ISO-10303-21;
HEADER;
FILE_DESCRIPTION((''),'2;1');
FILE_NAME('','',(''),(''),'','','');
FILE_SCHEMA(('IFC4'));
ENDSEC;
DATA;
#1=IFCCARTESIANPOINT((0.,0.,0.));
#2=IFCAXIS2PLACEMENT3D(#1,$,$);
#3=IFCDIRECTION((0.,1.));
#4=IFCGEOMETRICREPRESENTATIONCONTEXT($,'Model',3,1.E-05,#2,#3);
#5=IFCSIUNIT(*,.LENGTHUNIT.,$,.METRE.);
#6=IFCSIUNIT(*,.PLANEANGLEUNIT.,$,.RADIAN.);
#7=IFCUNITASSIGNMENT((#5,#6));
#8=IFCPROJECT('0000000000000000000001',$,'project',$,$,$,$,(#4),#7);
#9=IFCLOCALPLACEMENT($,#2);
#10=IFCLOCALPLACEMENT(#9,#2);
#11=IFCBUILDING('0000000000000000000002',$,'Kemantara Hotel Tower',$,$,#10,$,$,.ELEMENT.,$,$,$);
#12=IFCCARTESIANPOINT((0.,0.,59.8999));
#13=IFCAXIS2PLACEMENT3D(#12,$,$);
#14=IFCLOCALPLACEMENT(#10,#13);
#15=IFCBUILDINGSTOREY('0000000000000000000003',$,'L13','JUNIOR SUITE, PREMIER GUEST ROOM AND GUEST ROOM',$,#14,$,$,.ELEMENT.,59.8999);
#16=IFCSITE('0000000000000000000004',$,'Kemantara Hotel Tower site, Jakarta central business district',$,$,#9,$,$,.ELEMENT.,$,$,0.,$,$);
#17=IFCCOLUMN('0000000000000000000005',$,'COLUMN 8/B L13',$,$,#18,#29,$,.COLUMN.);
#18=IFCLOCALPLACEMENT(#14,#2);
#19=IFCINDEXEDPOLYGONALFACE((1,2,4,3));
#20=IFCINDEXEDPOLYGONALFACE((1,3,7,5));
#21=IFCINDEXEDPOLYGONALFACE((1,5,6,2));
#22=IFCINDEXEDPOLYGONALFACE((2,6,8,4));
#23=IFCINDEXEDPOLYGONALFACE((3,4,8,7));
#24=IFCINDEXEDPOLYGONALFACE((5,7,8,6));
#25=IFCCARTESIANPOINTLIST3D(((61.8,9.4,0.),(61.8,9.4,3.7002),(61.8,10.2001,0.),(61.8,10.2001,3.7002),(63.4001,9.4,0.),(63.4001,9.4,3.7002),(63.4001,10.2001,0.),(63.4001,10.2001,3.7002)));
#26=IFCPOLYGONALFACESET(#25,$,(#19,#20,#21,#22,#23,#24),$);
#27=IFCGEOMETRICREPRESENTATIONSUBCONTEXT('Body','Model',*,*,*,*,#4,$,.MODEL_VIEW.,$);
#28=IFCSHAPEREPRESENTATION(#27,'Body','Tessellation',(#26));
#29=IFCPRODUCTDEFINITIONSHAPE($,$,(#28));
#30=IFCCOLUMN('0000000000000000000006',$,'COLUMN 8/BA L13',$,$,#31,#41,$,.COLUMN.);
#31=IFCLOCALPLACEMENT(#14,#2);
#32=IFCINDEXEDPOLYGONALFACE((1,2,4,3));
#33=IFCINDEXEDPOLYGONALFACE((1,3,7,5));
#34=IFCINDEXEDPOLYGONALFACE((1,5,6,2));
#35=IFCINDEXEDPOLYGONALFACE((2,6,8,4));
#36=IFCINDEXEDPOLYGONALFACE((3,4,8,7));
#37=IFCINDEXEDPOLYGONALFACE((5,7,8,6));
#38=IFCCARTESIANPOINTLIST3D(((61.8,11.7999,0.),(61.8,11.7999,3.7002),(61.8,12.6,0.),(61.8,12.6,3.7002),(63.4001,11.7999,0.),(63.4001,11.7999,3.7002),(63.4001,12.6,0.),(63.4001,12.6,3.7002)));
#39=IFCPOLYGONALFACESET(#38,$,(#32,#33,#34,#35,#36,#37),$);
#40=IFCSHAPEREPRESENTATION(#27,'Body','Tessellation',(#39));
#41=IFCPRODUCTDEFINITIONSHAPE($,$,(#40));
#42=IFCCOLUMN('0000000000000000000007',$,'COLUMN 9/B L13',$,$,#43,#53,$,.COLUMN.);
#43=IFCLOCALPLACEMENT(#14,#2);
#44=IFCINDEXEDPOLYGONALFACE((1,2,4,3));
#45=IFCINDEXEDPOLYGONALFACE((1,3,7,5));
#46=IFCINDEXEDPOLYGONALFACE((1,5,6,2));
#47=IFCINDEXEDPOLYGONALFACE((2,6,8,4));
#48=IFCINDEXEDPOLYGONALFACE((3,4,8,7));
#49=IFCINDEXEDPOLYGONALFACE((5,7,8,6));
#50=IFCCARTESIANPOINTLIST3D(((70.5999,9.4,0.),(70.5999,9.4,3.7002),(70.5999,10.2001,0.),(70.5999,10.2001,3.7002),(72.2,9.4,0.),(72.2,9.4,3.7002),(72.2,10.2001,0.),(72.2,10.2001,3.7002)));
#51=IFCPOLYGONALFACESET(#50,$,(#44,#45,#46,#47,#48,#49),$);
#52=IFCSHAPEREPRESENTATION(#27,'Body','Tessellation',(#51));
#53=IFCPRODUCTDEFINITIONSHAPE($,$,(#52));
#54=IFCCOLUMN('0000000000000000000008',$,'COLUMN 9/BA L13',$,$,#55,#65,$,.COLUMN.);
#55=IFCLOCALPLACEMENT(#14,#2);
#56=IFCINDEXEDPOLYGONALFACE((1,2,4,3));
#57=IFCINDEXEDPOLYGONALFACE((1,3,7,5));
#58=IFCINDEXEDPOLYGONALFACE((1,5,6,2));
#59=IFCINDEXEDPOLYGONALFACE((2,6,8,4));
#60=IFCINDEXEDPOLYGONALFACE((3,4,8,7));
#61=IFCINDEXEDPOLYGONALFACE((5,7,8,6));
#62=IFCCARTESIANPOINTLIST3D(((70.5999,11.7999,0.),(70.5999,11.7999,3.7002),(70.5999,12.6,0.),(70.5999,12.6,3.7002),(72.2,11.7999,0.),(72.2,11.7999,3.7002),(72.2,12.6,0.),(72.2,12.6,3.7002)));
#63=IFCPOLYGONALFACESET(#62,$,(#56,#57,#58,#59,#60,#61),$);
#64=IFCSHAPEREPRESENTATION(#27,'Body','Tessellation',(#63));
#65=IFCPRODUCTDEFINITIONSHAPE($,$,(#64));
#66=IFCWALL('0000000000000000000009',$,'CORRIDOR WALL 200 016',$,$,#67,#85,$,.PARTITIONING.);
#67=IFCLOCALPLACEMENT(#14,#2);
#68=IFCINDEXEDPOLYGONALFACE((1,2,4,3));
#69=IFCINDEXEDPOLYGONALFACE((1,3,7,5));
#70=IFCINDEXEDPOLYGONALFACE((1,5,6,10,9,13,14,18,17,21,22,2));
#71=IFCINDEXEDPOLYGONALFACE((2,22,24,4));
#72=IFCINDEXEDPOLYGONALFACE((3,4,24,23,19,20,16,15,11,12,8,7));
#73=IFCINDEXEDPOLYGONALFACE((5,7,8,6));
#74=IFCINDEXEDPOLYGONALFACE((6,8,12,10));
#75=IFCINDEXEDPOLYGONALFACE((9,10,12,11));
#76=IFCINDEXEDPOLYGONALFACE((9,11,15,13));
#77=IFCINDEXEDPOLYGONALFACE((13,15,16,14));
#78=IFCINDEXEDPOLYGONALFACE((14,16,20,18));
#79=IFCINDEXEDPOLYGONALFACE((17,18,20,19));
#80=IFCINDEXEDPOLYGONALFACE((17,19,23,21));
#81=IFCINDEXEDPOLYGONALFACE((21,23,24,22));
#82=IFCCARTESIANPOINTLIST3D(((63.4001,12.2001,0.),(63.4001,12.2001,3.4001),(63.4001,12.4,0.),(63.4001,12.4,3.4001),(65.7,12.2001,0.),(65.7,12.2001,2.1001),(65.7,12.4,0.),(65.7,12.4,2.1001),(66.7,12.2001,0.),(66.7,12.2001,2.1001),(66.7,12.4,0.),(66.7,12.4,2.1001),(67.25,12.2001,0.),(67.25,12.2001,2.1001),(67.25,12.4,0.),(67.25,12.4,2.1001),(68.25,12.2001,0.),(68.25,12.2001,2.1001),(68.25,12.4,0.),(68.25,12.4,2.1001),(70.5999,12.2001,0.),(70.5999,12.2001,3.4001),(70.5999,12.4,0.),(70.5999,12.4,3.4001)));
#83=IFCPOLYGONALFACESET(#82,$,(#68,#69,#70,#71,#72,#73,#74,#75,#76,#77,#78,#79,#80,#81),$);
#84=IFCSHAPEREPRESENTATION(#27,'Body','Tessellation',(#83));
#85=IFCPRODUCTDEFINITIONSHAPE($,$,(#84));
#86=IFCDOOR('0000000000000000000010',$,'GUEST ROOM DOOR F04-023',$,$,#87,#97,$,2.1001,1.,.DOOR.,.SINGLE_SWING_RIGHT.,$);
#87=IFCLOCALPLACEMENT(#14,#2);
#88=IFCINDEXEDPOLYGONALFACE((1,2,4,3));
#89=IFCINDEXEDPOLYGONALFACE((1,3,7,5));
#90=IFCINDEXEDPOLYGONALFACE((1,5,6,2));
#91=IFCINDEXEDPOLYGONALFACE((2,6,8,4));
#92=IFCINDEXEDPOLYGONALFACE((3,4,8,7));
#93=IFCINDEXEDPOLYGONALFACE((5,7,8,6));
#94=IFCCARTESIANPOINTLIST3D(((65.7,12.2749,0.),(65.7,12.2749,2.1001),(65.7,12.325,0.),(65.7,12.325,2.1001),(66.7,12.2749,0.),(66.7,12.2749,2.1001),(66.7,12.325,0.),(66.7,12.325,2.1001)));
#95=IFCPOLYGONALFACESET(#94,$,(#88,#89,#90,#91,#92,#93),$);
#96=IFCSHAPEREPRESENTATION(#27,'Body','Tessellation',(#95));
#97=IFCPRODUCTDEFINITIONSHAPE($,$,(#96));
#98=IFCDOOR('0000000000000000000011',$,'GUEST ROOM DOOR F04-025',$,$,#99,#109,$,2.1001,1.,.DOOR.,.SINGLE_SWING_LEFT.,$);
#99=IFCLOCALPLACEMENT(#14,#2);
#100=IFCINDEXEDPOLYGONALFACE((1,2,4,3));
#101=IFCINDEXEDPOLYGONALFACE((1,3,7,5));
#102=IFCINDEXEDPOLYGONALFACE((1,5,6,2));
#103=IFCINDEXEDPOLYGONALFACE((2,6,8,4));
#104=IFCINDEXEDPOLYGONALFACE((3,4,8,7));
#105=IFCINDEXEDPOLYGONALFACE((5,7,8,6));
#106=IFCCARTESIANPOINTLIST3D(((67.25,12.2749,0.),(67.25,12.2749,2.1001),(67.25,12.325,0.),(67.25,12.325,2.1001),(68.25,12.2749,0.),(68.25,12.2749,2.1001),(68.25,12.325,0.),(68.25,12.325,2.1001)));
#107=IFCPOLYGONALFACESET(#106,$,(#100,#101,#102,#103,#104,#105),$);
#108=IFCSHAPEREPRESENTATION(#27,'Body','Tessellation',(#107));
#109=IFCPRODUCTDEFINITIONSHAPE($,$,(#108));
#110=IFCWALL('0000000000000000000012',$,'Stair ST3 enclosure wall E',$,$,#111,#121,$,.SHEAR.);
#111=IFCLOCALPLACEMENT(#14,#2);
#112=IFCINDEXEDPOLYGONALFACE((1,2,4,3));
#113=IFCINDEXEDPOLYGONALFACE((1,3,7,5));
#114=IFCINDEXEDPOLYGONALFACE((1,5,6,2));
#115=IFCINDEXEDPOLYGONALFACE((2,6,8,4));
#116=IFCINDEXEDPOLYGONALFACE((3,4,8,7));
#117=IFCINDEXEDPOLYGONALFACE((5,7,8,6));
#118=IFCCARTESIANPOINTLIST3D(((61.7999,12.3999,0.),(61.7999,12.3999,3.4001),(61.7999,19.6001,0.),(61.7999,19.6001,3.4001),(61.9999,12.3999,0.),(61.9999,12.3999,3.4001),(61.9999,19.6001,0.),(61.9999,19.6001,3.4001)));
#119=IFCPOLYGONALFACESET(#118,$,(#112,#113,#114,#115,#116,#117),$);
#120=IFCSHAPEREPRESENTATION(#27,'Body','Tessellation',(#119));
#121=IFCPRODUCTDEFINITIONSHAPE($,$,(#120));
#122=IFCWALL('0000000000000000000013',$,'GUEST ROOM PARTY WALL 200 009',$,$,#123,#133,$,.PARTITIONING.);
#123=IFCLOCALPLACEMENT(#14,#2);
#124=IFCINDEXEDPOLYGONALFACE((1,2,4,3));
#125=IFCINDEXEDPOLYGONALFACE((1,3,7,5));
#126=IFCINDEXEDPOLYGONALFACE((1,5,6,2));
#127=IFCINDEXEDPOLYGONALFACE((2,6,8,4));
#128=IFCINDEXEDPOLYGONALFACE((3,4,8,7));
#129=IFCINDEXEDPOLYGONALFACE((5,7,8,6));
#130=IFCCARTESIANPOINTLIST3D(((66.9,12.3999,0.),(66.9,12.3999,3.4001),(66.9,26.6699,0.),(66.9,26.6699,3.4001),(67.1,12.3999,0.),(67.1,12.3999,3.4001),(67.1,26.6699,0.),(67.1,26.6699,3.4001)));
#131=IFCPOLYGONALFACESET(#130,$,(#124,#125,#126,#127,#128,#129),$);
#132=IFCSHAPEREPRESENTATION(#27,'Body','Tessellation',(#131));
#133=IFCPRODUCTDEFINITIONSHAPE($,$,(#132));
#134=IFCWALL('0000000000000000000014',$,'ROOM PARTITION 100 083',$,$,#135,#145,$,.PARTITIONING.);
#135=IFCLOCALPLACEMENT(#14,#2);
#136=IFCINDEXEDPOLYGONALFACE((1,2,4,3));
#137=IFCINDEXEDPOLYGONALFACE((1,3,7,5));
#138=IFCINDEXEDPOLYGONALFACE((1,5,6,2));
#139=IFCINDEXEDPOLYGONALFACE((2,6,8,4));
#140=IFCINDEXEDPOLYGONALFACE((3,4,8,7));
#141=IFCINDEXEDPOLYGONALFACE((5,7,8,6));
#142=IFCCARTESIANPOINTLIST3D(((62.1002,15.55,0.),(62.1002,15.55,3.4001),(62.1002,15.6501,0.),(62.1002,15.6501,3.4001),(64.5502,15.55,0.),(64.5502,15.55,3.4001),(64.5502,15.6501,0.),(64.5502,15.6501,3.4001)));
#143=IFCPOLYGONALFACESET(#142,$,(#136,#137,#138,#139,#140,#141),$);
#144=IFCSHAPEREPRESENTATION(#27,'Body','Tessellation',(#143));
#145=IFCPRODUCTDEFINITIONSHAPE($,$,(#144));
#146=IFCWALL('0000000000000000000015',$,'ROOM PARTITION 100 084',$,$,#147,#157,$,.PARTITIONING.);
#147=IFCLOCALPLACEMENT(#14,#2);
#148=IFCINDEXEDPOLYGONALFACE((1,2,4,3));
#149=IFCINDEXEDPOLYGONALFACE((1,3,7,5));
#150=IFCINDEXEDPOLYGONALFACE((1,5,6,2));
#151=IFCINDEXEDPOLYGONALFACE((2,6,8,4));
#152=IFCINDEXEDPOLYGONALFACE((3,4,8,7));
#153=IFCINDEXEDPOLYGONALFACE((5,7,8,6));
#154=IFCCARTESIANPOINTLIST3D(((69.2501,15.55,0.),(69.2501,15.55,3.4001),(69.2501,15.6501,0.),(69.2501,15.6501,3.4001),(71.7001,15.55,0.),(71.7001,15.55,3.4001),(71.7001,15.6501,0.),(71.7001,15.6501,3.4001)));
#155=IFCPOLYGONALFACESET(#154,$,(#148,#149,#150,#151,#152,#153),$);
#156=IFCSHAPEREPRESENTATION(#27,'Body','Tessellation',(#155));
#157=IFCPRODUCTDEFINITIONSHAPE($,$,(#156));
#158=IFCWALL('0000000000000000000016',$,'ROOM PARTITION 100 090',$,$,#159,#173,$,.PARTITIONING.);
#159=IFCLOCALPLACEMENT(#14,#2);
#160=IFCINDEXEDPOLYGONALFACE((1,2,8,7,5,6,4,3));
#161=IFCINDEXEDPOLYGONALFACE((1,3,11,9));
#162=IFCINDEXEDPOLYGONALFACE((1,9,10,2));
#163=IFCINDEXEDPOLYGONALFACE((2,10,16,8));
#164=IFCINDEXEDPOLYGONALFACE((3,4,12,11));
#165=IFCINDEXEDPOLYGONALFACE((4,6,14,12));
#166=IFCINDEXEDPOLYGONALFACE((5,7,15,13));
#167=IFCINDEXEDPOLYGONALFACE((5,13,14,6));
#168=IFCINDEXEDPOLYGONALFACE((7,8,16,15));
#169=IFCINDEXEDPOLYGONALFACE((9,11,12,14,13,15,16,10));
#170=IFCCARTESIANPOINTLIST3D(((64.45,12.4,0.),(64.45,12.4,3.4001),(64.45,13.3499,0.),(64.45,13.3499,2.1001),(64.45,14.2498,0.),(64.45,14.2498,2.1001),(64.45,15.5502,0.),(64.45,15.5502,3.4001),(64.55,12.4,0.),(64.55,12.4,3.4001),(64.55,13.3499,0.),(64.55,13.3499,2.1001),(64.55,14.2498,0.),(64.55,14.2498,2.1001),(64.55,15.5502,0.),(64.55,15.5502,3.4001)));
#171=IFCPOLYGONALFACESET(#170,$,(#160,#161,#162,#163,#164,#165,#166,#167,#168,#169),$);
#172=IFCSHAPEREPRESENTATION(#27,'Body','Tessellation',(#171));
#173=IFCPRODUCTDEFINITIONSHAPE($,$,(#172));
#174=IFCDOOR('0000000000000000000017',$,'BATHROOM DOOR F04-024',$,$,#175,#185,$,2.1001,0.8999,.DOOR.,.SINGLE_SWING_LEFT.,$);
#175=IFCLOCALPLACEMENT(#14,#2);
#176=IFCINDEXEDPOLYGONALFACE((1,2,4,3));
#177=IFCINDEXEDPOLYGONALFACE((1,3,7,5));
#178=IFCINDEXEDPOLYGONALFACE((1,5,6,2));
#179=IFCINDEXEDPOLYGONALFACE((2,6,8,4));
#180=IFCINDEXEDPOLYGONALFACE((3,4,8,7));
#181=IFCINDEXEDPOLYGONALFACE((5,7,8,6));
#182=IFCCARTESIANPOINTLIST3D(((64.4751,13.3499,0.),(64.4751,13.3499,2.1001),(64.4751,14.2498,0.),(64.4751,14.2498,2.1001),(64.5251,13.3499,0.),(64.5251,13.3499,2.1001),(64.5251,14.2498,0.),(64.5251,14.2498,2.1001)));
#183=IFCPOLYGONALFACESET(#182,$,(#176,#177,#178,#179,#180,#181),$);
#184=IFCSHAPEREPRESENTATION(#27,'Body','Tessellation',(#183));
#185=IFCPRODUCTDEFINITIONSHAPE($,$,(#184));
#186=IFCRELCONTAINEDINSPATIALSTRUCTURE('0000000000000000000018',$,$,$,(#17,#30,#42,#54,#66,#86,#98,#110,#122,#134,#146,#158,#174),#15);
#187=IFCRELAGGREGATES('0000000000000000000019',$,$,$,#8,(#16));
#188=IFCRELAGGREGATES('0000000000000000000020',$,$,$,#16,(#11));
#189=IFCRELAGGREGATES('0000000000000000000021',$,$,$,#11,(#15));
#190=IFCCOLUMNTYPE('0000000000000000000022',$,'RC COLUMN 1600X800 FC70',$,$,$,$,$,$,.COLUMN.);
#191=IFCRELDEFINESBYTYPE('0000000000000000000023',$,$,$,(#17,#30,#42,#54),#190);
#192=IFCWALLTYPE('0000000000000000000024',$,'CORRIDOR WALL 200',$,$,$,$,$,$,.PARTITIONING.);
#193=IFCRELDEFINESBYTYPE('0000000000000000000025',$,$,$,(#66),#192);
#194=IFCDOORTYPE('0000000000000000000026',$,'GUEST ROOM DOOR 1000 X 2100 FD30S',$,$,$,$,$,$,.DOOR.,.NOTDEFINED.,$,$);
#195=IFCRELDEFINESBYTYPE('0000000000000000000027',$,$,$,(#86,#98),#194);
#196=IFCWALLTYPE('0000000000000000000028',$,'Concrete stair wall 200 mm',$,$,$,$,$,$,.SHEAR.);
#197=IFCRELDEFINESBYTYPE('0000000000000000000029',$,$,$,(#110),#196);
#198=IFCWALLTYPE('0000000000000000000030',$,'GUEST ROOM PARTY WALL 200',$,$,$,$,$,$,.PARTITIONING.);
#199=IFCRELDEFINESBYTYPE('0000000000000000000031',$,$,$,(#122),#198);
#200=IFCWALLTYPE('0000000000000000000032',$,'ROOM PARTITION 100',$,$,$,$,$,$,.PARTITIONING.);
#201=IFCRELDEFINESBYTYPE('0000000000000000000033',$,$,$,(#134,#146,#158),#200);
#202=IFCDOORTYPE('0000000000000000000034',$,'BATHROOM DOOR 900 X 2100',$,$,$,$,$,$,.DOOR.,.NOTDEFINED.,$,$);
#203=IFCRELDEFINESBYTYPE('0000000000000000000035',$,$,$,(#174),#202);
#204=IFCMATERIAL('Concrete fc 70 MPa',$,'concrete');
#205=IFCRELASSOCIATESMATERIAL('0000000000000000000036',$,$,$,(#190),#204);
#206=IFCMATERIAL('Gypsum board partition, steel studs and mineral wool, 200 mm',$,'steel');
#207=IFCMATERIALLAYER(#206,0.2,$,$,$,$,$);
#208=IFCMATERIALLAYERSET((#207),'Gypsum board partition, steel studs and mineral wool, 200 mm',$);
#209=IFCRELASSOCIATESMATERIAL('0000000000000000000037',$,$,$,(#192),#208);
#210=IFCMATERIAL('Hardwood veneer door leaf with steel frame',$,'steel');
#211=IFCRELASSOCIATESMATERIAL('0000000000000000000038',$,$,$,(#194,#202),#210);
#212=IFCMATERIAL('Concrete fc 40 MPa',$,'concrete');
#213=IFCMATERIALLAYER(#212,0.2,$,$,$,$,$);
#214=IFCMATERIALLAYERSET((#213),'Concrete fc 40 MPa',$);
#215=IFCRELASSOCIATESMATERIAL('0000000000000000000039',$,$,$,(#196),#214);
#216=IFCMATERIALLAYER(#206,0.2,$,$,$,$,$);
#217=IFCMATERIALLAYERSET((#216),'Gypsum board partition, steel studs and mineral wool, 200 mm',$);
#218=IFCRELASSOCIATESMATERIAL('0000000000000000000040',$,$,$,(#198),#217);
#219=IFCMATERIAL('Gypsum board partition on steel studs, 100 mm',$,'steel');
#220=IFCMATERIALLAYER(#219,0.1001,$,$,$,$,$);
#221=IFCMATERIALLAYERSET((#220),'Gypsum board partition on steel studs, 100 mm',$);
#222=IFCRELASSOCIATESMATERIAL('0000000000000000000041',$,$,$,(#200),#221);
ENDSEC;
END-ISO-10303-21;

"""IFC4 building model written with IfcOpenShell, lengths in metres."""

from ifc_helpers import new_model, si_unit, direction, frame, frame_2d, origin, origin_2d, place, context, subcontext, project, spatial, rectangle, extrude, material, layer, layer_set, material_profile, profile_set, type_object, element, fill, save


model = new_model("IFC4")

# Units and contexts
model_context = context("Model", 3, precision=1e-05, world=origin(), true_north=direction((0.0, 1.0)))
body_context = subcontext(model_context, "Body", "Model", "MODEL_VIEW")
ifc_project = project(units=[si_unit("LENGTHUNIT", "METRE"), si_unit("PLANEANGLEUNIT", "RADIAN")], contexts=[model_context])

# Site, building, storey
site_placement = place(None, origin())
site = spatial("IfcSite", under=ifc_project, at=site_placement, Name="Kemantara Hotel Tower site, Jakarta central business district", CompositionType="ELEMENT", RefElevation=0.0)
building_placement = place(site_placement, origin())
building = spatial("IfcBuilding", under=site, at=building_placement, Name="Kemantara Hotel Tower", CompositionType="ELEMENT")
storey_placement = place(building_placement, frame((0.0, 0.0, 59.8999)))
storey = spatial("IfcBuildingStorey", under=building, at=storey_placement, Name="L13", Description="JUNIOR SUITE, PREMIER GUEST ROOM AND GUEST ROOM", CompositionType="ELEMENT", Elevation=59.8999)

# Columns
ifc_material_1 = material(Name="Concrete fc 70 MPa", Category="concrete")
ifc_material_profile = material_profile(ifc_material_1, rectangle(XDim=1.6001, YDim=0.8, at=origin_2d()), Name="RC 1600X800")
ifc_profile_set = profile_set([ifc_material_profile], Name="Concrete fc 70 MPa")
column_type = type_object("IfcColumnType", Name="RC COLUMN 1600X800 FC70", PredefinedType="COLUMN", material=ifc_profile_set)
for number, where, z_axis, x_axis, name in (
    (1, (62.6001, 9.8, 0.0), (0.0, 0.0, 1.0), (1.0, 0.0, 0.0), "COLUMN 8/B L13"),
    (2, (62.6001, 12.2, 0.0), (0.0, 0.0, 1.0), (1.0, 0.0, 0.0), "COLUMN 8/BA L13"),
    (3, (71.3999, 9.8, 0.0), (0.0, 0.0, 1.0), (1.0, 0.0, 0.0), "COLUMN 9/B L13"),
    (4, (71.3999, 12.2, 0.0), (0.0, 0.0, 1.0), (1.0, 0.0, 0.0), "COLUMN 9/BA L13"),
):
    element("IfcColumn", number, at=place(storey_placement, frame(where, z_axis=z_axis, x_axis=x_axis)), inside=storey, type_object=column_type, Name=name, PredefinedType="COLUMN", context=body_context, shape_type="SweptSolid", body=[
        extrude(rectangle(XDim=1.6001, YDim=0.8, at=origin_2d()), origin(), (0.0, 0.0, 1.0), 3.7002),
    ])

# Wall, openings, doors
ifc_material_2 = material(Name="Gypsum board partition, steel studs and mineral wool, 200 mm", Category="steel")
ifc_layer_1 = layer(ifc_material_2, 0.2)
ifc_layer_set_1 = layer_set([ifc_layer_1], Name="Gypsum board partition, steel studs and mineral wool, 200 mm")
wall_type_1 = type_object("IfcWallType", Name="CORRIDOR WALL 200", PredefinedType="PARTITIONING", material=ifc_layer_set_1)
wall_1_placement = place(storey_placement, frame((63.4001, 12.3, 0.0), z_axis=(0.0, 0.0, 1.0), x_axis=(1.0, 0.0, 0.0)))
wall_1 = element("IfcWall", 5, at=wall_1_placement, inside=storey, type_object=wall_type_1, Name="CORRIDOR WALL 200 016", PredefinedType="PARTITIONING", context=body_context, shape_type="SweptSolid", body=[
    extrude(rectangle(XDim=7.1997, YDim=0.2, at=frame_2d((3.5999, 0.0))), origin(), (0.0, 0.0, 1.0), 3.4001),
])
opening_1_placement = place(wall_1_placement, frame((2.2998, 0.0, 0.0)))
opening_1 = element("IfcOpeningElement", 6, at=opening_1_placement, cuts=wall_1, PredefinedType="OPENING", context=body_context, shape_type="SweptSolid", body=[
    extrude(rectangle(XDim=1.0, YDim=2.1001, at=frame_2d((0.5, 1.05))), frame((0.0, 0.1099, 0.0), z_axis=(0.0, -1.0, 0.0), x_axis=(1.0, 0.0, 0.0)), (0.0, 0.0, 1.0), 0.22),
])
opening_2_placement = place(wall_1_placement, frame((3.8499, 0.0, 0.0)))
opening_2 = element("IfcOpeningElement", 7, at=opening_2_placement, cuts=wall_1, PredefinedType="OPENING", context=body_context, shape_type="SweptSolid", body=[
    extrude(rectangle(XDim=1.0, YDim=2.1001, at=frame_2d((0.5, 1.05))), frame((0.0, 0.1099, 0.0), z_axis=(0.0, -1.0, 0.0), x_axis=(1.0, 0.0, 0.0)), (0.0, 0.0, 1.0), 0.22),
])
ifc_material_3 = material(Name="Hardwood veneer door leaf with steel frame", Category="steel")
door_type_1 = type_object("IfcDoorType", Name="GUEST ROOM DOOR 1000 X 2100 FD30S", OperationType="NOTDEFINED", PredefinedType="DOOR", material=ifc_material_3)
door_1_placement = place(opening_1_placement, origin())
door_1 = element("IfcDoor", 8, at=door_1_placement, inside=storey, type_object=door_type_1, Name="GUEST ROOM DOOR F04-023", OperationType="SINGLE_SWING_RIGHT", OverallHeight=2.1001, OverallWidth=1.0, PredefinedType="DOOR", context=body_context, shape_type="SweptSolid", body=[
    extrude(rectangle(XDim=1.0, YDim=2.1001, at=frame_2d((0.5, 1.05))), frame((0.0, 0.0249, 0.0), z_axis=(0.0, -1.0, 0.0), x_axis=(1.0, 0.0, 0.0)), (0.0, 0.0, 1.0), 0.05),
])
fill(opening_1, door_1)
door_2_placement = place(opening_2_placement, origin())
door_2 = element("IfcDoor", 9, at=door_2_placement, inside=storey, type_object=door_type_1, Name="GUEST ROOM DOOR F04-025", OperationType="SINGLE_SWING_LEFT", OverallHeight=2.1001, OverallWidth=1.0, PredefinedType="DOOR", context=body_context, shape_type="SweptSolid", body=[
    extrude(rectangle(XDim=1.0, YDim=2.1001, at=frame_2d((0.5, 1.05))), frame((0.0, 0.0249, 0.0), z_axis=(0.0, -1.0, 0.0), x_axis=(1.0, 0.0, 0.0)), (0.0, 0.0, 1.0), 0.05),
])
fill(opening_2, door_2)

# Walls
ifc_material_4 = material(Name="Concrete fc 40 MPa", Category="concrete")
ifc_layer_2 = layer(ifc_material_4, 0.2)
ifc_layer_set_2 = layer_set([ifc_layer_2], Name="Concrete fc 40 MPa")
wall_type_2 = type_object("IfcWallType", Name="Concrete stair wall 200 mm", PredefinedType="SHEAR", material=ifc_layer_set_2)
wall_2_placement = place(storey_placement, frame((61.8999, 12.3999, 0.0), z_axis=(0.0, 0.0, 1.0), x_axis=(0.0, 1.0, 0.0)))
element("IfcWall", 10, at=wall_2_placement, inside=storey, type_object=wall_type_2, Name="Stair ST3 enclosure wall E", PredefinedType="SHEAR", context=body_context, shape_type="SweptSolid", body=[
    extrude(rectangle(XDim=7.2002, YDim=0.2, at=frame_2d((3.6001, 0.0))), origin(), (0.0, 0.0, 1.0), 3.4001),
])
ifc_layer_3 = layer(ifc_material_2, 0.2)
ifc_layer_set_3 = layer_set([ifc_layer_3], Name="Gypsum board partition, steel studs and mineral wool, 200 mm")
wall_type_3 = type_object("IfcWallType", Name="GUEST ROOM PARTY WALL 200", PredefinedType="PARTITIONING", material=ifc_layer_set_3)
wall_3_placement = place(storey_placement, frame((67.0, 12.3999, 0.0), z_axis=(0.0, 0.0, 1.0), x_axis=(0.0, 1.0, 0.0)))
element("IfcWall", 11, at=wall_3_placement, inside=storey, type_object=wall_type_3, Name="GUEST ROOM PARTY WALL 200 009", PredefinedType="PARTITIONING", context=body_context, shape_type="SweptSolid", body=[
    extrude(rectangle(XDim=14.27, YDim=0.2, at=frame_2d((7.135, 0.0))), origin(), (0.0, 0.0, 1.0), 3.4001),
])
ifc_material_5 = material(Name="Gypsum board partition on steel studs, 100 mm", Category="steel")
ifc_layer_4 = layer(ifc_material_5, 0.1001)
ifc_layer_set_4 = layer_set([ifc_layer_4], Name="Gypsum board partition on steel studs, 100 mm")
wall_type_4 = type_object("IfcWallType", Name="ROOM PARTITION 100", PredefinedType="PARTITIONING", material=ifc_layer_set_4)
for number, where, z_axis, x_axis, name in (
    (12, (62.1001, 15.6001, 0.0), (0.0, 0.0, 1.0), (1.0, 0.0, 0.0), "ROOM PARTITION 100 083"),
    (13, (69.25, 15.6001, 0.0), (0.0, 0.0, 1.0), (1.0, 0.0, 0.0), "ROOM PARTITION 100 084"),
):
    element("IfcWall", number, at=place(storey_placement, frame(where, z_axis=z_axis, x_axis=x_axis)), inside=storey, type_object=wall_type_4, Name=name, PredefinedType="PARTITIONING", context=body_context, shape_type="SweptSolid", body=[
        extrude(rectangle(XDim=2.45, YDim=0.1001, at=frame_2d((1.2251, 0.0))), origin(), (0.0, 0.0, 1.0), 3.4001),
    ])

# Wall, opening, door
wall_4_placement = place(storey_placement, frame((64.5, 12.3999, 0.0), z_axis=(0.0, 0.0, 1.0), x_axis=(0.0, 1.0, 0.0)))
wall_4 = element("IfcWall", 14, at=wall_4_placement, inside=storey, type_object=wall_type_4, Name="ROOM PARTITION 100 090", PredefinedType="PARTITIONING", context=body_context, shape_type="SweptSolid", body=[
    extrude(rectangle(XDim=3.1501, YDim=0.1001, at=frame_2d((1.5752, 0.0))), origin(), (0.0, 0.0, 1.0), 3.4001),
])
opening_3_placement = place(wall_4_placement, frame((0.95, 0.0, 0.0)))
opening_3 = element("IfcOpeningElement", 15, at=opening_3_placement, cuts=wall_4, PredefinedType="OPENING", context=body_context, shape_type="SweptSolid", body=[
    extrude(rectangle(XDim=0.8999, YDim=2.1001, at=frame_2d((0.45, 1.05))), frame((0.0, 0.0601, 0.0), z_axis=(0.0, -1.0, 0.0), x_axis=(1.0, 0.0, 0.0)), (0.0, 0.0, 1.0), 0.1201),
])
door_type_2 = type_object("IfcDoorType", Name="BATHROOM DOOR 900 X 2100", OperationType="NOTDEFINED", PredefinedType="DOOR", material=ifc_material_3)
door_3_placement = place(opening_3_placement, origin())
door_3 = element("IfcDoor", 16, at=door_3_placement, inside=storey, type_object=door_type_2, Name="BATHROOM DOOR F04-024", OperationType="SINGLE_SWING_LEFT", OverallHeight=2.1001, OverallWidth=0.8999, PredefinedType="DOOR", context=body_context, shape_type="SweptSolid", body=[
    extrude(rectangle(XDim=0.8999, YDim=2.1001, at=frame_2d((0.45, 1.05))), frame((0.0, 0.0249, 0.0), z_axis=(0.0, -1.0, 0.0), x_axis=(1.0, 0.0, 0.0)), (0.0, 0.0, 1.0), 0.05),
])
fill(opening_3, door_3)

save(model, "model.ifc")
